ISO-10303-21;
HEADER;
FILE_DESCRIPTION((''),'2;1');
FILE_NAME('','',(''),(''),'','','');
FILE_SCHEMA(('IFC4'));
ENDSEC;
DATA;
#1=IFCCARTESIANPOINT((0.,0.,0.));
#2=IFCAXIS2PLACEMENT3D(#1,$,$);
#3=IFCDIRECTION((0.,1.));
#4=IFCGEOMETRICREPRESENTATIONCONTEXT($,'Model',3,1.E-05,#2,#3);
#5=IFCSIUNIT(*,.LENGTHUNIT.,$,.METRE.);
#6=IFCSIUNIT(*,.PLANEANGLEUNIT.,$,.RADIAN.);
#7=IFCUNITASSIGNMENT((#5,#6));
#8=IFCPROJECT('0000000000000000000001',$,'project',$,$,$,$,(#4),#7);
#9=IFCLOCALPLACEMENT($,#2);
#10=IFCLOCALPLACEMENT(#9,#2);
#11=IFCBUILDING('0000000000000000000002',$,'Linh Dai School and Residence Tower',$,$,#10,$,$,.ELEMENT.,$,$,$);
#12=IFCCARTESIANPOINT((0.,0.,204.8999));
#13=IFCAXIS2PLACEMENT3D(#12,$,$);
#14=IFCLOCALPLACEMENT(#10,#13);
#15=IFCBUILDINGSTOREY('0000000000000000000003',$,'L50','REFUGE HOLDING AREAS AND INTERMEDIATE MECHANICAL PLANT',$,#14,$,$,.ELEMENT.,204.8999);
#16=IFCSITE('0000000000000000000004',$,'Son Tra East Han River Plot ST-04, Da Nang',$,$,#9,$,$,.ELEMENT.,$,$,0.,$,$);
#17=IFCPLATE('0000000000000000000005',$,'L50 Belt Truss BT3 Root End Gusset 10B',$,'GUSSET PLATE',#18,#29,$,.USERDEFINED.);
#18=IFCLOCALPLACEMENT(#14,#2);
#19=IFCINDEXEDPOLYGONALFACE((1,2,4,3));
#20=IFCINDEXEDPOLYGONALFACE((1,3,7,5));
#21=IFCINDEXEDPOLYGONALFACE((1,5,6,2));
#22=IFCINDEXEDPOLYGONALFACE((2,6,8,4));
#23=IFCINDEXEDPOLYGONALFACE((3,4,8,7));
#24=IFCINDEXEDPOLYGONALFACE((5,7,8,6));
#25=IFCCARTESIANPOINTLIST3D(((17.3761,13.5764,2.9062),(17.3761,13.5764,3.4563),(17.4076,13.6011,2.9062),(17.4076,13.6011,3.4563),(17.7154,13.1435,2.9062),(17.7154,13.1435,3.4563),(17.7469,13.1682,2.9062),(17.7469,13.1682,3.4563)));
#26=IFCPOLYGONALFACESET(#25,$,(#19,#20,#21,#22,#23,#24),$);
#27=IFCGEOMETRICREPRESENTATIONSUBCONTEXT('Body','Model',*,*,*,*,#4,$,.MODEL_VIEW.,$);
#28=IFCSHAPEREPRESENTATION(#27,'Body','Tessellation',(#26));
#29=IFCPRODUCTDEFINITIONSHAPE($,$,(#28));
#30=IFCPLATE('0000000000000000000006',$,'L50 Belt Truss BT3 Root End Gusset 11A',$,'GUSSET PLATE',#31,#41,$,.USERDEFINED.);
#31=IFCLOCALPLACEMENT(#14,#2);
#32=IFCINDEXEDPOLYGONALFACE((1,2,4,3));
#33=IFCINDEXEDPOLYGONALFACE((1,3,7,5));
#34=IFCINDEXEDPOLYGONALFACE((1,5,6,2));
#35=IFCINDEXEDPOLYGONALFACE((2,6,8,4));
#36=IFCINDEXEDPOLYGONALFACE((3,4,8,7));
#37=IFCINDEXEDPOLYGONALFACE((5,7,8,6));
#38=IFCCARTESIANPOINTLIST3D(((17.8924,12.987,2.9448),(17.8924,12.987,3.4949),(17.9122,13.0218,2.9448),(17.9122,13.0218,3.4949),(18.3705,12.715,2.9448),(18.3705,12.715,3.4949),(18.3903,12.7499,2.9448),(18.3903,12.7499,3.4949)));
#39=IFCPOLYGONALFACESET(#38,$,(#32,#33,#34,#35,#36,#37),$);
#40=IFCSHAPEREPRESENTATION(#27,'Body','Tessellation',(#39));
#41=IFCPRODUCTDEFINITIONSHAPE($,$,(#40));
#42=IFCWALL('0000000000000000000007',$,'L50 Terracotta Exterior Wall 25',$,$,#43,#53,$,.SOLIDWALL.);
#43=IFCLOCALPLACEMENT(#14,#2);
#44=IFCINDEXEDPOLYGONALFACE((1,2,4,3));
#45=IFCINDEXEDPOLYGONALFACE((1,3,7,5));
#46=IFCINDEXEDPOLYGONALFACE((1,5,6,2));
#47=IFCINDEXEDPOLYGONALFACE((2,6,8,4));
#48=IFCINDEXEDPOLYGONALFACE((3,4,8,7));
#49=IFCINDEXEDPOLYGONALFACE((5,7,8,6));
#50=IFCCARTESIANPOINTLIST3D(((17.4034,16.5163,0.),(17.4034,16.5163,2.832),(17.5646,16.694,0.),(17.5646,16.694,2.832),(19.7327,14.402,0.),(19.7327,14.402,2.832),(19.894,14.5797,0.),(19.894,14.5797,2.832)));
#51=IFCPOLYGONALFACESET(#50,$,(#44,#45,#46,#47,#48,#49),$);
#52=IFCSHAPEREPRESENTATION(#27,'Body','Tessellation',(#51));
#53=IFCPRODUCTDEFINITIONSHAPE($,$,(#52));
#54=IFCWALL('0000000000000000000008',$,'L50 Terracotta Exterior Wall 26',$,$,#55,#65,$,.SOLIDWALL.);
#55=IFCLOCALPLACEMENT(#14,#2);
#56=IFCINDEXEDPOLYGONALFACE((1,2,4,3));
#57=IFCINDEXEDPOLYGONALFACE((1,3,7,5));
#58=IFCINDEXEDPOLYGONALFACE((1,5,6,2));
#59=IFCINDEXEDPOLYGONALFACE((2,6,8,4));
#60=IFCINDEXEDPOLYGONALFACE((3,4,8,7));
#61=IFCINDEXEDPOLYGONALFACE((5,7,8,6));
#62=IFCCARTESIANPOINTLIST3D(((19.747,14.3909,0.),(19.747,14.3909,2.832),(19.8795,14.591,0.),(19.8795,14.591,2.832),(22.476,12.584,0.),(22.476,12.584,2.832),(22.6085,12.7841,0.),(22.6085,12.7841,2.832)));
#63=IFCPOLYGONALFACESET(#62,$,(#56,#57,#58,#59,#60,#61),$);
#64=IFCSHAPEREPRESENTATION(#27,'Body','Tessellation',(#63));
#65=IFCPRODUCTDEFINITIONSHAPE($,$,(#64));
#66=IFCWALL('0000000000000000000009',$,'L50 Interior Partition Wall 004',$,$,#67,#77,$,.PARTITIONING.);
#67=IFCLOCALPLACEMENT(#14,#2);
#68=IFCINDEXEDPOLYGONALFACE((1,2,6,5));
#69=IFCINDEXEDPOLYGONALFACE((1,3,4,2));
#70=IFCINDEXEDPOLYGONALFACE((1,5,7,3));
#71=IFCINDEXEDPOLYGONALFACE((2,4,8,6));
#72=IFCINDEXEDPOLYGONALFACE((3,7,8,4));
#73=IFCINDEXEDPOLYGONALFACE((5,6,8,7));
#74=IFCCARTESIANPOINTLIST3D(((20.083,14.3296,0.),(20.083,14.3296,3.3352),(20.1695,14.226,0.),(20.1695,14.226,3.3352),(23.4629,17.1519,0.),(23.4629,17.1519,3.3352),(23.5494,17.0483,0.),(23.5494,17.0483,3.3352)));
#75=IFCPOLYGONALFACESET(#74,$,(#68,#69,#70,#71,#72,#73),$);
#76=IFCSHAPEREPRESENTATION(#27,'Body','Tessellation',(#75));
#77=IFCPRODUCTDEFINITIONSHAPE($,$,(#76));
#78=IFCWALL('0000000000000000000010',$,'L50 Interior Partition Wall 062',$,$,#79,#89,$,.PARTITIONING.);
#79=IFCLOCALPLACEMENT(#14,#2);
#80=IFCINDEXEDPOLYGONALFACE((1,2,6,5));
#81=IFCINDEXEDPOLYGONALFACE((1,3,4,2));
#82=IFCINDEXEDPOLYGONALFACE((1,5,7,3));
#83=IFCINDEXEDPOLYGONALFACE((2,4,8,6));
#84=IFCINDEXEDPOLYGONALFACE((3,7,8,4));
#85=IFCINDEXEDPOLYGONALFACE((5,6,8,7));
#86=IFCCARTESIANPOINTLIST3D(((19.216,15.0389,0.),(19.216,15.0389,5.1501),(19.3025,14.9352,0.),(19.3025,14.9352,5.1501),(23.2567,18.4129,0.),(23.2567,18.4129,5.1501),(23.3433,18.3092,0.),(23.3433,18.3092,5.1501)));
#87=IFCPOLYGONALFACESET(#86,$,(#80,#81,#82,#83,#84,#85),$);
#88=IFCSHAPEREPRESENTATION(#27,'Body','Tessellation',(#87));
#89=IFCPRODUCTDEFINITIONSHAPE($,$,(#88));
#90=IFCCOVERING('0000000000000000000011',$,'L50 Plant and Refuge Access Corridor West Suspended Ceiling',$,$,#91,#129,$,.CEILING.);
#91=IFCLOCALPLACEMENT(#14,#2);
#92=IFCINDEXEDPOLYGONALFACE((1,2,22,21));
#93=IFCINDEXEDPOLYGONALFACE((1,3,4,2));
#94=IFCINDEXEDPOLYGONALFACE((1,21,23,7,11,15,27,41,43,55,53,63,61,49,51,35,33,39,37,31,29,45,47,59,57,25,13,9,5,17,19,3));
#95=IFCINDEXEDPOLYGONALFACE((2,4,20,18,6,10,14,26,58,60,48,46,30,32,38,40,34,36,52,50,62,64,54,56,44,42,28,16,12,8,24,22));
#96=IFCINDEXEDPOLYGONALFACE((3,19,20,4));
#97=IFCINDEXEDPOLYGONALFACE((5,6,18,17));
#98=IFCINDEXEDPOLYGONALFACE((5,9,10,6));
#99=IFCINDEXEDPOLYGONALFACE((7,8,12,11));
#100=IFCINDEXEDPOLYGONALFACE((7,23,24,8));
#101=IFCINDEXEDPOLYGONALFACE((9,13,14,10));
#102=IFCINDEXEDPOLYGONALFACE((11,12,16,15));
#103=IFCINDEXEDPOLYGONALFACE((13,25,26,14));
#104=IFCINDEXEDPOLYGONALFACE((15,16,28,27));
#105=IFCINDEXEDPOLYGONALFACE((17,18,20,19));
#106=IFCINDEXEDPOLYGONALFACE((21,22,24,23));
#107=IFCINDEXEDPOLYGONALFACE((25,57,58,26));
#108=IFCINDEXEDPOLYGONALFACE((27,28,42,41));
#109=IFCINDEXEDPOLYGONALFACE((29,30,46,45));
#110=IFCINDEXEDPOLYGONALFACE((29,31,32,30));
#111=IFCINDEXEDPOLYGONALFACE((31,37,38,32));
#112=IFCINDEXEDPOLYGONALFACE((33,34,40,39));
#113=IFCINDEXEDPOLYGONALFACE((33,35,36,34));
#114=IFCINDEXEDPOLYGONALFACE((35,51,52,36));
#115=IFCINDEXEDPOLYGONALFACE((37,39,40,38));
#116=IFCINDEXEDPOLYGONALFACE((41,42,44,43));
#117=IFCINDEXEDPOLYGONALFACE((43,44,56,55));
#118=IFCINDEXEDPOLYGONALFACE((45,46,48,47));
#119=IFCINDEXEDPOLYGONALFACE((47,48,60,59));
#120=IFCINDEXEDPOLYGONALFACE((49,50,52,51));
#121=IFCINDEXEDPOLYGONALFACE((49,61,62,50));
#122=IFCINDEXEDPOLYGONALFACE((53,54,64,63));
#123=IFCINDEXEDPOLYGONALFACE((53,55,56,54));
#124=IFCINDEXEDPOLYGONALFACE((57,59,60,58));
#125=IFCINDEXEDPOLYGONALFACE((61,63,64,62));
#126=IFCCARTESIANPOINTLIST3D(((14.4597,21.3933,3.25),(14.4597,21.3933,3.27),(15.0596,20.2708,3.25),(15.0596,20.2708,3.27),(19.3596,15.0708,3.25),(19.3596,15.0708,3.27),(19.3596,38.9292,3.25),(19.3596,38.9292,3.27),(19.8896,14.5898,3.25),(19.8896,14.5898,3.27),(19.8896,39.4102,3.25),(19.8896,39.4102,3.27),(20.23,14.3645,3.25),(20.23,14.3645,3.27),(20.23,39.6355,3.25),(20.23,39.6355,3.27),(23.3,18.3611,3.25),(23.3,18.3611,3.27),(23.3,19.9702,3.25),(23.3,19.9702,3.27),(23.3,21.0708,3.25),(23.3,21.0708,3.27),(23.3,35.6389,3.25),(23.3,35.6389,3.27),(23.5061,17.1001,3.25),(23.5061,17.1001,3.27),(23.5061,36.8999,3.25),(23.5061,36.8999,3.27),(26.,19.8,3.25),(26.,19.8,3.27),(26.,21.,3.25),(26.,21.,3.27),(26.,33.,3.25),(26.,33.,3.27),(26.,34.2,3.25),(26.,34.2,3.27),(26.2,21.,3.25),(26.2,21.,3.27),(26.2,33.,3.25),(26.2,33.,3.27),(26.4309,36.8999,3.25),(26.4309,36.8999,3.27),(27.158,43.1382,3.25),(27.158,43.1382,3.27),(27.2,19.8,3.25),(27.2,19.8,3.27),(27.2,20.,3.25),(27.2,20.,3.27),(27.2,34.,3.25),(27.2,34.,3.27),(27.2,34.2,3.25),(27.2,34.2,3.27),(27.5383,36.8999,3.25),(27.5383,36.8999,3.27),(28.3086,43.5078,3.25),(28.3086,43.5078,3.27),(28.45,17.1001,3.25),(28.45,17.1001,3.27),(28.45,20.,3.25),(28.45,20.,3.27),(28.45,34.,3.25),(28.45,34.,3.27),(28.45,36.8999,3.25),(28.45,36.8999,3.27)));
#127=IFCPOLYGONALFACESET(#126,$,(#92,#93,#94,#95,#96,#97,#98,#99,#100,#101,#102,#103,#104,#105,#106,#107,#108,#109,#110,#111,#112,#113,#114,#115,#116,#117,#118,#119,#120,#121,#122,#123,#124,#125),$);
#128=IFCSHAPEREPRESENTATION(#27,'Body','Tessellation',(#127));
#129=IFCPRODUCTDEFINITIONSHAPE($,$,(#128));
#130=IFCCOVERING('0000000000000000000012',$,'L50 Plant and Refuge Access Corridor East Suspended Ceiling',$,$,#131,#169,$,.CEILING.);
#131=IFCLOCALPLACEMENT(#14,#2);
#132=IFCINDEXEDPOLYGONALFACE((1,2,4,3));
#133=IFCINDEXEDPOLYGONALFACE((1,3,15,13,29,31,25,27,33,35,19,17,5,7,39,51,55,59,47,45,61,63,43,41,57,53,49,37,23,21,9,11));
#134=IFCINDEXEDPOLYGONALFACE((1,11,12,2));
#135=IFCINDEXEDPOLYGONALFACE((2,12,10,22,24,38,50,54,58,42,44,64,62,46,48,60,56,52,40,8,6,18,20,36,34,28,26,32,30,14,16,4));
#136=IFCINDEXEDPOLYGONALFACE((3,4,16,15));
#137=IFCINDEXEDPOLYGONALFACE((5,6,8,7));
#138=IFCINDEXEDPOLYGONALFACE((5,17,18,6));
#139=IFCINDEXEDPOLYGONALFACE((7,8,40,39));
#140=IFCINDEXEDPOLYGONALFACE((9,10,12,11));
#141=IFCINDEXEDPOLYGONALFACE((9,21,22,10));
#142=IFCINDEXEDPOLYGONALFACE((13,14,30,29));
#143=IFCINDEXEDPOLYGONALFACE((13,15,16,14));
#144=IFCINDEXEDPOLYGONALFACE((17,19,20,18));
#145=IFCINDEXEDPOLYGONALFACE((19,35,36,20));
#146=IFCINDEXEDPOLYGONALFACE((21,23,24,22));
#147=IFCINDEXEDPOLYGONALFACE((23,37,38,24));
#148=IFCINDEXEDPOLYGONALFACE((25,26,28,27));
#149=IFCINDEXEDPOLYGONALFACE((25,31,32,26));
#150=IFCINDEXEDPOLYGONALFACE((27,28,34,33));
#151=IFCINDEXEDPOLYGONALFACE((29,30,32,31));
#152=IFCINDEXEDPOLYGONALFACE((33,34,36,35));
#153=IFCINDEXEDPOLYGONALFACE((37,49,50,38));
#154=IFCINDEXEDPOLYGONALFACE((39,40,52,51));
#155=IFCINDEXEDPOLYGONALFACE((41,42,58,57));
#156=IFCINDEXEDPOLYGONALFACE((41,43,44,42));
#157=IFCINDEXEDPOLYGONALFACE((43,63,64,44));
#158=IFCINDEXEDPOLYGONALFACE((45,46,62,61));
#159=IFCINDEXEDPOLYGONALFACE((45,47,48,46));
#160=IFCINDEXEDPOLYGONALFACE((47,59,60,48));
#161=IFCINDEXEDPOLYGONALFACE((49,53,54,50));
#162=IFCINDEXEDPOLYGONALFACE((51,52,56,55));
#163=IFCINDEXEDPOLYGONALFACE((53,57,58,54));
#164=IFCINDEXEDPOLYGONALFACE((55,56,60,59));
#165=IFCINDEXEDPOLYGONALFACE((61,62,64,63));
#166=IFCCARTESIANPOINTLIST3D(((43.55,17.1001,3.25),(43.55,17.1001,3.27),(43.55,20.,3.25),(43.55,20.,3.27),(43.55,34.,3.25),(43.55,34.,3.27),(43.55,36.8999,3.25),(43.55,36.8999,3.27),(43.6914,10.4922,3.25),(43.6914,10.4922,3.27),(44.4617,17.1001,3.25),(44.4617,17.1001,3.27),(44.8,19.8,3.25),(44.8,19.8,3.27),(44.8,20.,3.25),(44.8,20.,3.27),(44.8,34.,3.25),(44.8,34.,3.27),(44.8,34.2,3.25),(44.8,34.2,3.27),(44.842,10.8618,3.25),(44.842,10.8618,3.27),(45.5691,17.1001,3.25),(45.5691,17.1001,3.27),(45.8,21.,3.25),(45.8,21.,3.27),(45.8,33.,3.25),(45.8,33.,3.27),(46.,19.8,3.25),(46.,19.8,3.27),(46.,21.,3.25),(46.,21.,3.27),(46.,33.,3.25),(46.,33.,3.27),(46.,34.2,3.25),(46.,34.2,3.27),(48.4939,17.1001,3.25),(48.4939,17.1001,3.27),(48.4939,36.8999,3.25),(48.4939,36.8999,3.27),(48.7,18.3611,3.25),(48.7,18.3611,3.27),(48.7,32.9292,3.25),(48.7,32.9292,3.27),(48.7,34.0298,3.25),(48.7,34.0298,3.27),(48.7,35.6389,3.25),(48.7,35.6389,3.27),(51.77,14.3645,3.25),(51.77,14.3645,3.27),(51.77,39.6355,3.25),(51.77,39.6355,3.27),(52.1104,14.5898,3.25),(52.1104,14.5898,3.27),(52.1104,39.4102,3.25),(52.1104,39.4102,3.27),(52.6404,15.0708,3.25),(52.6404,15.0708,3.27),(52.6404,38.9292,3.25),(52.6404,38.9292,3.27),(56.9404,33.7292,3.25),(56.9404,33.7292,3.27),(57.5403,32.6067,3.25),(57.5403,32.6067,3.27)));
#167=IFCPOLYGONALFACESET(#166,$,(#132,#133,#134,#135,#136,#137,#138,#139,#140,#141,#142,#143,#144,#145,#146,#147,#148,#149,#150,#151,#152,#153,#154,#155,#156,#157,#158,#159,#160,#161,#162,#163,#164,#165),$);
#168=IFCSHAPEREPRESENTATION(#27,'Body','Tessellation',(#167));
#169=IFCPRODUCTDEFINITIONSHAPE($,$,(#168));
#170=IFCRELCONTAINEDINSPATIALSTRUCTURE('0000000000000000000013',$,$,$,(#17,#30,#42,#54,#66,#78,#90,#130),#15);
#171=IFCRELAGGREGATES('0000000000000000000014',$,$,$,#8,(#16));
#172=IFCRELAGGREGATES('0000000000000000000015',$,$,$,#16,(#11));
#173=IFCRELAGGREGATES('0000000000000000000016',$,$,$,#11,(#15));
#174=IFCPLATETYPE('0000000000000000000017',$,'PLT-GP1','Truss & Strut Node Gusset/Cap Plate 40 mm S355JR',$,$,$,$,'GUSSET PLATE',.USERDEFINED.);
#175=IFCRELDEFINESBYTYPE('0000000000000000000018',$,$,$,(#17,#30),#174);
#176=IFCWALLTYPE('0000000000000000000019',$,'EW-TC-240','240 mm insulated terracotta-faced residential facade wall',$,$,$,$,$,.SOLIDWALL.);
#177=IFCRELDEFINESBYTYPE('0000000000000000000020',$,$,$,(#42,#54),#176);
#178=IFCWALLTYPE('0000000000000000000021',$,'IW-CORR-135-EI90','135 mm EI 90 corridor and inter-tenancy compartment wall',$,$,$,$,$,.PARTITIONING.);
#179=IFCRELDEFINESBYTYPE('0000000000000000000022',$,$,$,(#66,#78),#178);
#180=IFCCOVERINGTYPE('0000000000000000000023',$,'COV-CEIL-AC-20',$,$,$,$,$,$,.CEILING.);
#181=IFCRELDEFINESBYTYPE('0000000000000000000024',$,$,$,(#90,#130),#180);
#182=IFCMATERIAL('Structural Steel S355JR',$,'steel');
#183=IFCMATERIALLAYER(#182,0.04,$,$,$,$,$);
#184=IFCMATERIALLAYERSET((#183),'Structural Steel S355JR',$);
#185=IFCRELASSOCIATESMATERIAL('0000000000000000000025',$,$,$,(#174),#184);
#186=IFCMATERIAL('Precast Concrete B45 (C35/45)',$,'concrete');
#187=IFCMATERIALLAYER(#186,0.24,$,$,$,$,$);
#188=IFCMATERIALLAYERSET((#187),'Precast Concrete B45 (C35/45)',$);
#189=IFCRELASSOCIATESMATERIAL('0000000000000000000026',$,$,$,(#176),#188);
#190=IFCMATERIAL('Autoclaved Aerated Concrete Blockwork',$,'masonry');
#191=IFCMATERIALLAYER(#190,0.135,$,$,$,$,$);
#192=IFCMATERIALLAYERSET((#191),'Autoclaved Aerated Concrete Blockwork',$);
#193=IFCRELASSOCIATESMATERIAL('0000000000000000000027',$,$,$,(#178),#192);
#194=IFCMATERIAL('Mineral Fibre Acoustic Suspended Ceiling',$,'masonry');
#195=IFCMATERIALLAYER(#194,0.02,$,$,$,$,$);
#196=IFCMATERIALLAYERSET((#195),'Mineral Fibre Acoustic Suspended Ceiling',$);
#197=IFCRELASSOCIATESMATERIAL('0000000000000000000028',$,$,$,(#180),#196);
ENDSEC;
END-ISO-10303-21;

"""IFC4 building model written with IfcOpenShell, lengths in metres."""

from ifc_helpers import new_model, si_unit, direction, frame, frame_2d, origin, origin_2d, place, context, subcontext, project, spatial, polyline, rectangle, outline, extrude, source, transform, mapped, material, layer, layer_set, type_object, element, save


model = new_model("IFC4")

# Units and contexts
model_context = context("Model", 3, precision=1e-05, world=origin(), true_north=direction((0.0, 1.0)))
body_context = subcontext(model_context, "Body", "Model", "MODEL_VIEW")
ifc_project = project(units=[si_unit("LENGTHUNIT", "METRE"), si_unit("PLANEANGLEUNIT", "RADIAN")], contexts=[model_context])

# Site, building, storey
site_placement = place(None, origin())
site = spatial("IfcSite", under=ifc_project, at=site_placement, Name="Son Tra East Han River Plot ST-04, Da Nang", CompositionType="ELEMENT", RefElevation=0.0)
building_placement = place(site_placement, origin())
building = spatial("IfcBuilding", under=site, at=building_placement, Name="Linh Dai School and Residence Tower", CompositionType="ELEMENT")
storey_placement = place(building_placement, frame((0.0, 0.0, 204.8999)))
storey = spatial("IfcBuildingStorey", under=building, at=storey_placement, Name="L50", Description="REFUGE HOLDING AREAS AND INTERMEDIATE MECHANICAL PLANT", CompositionType="ELEMENT", Elevation=204.8999)

# Shared definitions
ifc_material_1 = material(Name="Structural Steel S355JR", Category="steel")

# Plates
ifc_layer_1 = layer(ifc_material_1, 0.04)
ifc_layer_set_1 = layer_set([ifc_layer_1], Name="Structural Steel S355JR")
plate_type = type_object("IfcPlateType", Name="PLT-GP1", Description="Truss & Strut Node Gusset/Cap Plate 40 mm S355JR", ElementType="GUSSET PLATE", PredefinedType="USERDEFINED", material=ifc_layer_set_1)
shared_shape_1 = source(origin(), body_context, "Body", "SweptSolid", [
    extrude(rectangle(XDim=0.55, YDim=0.04, at=origin_2d()), origin(), (0.0, 0.0, 1.0), 0.55),
])
for number, where, z_axis, x_axis, name in (
    (1, (17.5615, 13.3723, 2.9062), (0.0, 0.0, 1.0), (0.616843, -0.787087, 0.0), "L50 Belt Truss BT3 Root End Gusset 10B"),
    (2, (18.1414, 12.8684, 2.9448), (0.0, 0.0, 1.0), (0.869261, -0.494353, 0.0), "L50 Belt Truss BT3 Root End Gusset 11A"),
):
    element("IfcPlate", number, at=place(storey_placement, frame(where, z_axis=z_axis, x_axis=x_axis)), inside=storey, type_object=plate_type, Name=name, ObjectType="GUSSET PLATE", PredefinedType="USERDEFINED", context=body_context, shape_type="MappedRepresentation", body=[
        mapped(shared_shape_1, transform((0.0, 0.0, 0.0), x_axis=(1.0, 0.0, 0.0), y_axis=(0.0, 1.0, 0.0), z_axis=(0.0, 0.0, 1.0), scale=1.0)),
    ])

# Walls
ifc_material_2 = material(Name="Precast Concrete B45 (C35/45)", Category="concrete")
ifc_layer_2 = layer(ifc_material_2, 0.24)
ifc_layer_set_2 = layer_set([ifc_layer_2], Name="Precast Concrete B45 (C35/45)")
wall_type_1 = type_object("IfcWallType", Name="EW-TC-240", Description="240 mm insulated terracotta-faced residential facade wall", PredefinedType="SOLIDWALL", material=ifc_layer_set_2)
wall_1_placement = place(storey_placement, frame((19.8132, 14.491, 0.0), z_axis=(0.0, 0.0, 1.0), x_axis=(-0.740467, 0.672093, 0.0)))
element("IfcWall", 3, at=wall_1_placement, inside=storey, type_object=wall_type_1, Name="L50 Terracotta Exterior Wall 25", PredefinedType="SOLIDWALL", context=body_context, shape_type="SweptSolid", body=[
    extrude(rectangle(XDim=3.1458, YDim=0.24, at=frame_2d((1.5728, 0.0))), origin(), (0.0, 0.0, 1.0), 2.832),
])
wall_2_placement = place(storey_placement, frame((22.5422, 12.6841, 0.0), z_axis=(0.0, 0.0, 1.0), x_axis=(-0.833802, 0.552064, 0.0)))
element("IfcWall", 4, at=wall_2_placement, inside=storey, type_object=wall_type_1, Name="L50 Terracotta Exterior Wall 26", PredefinedType="SOLIDWALL", context=body_context, shape_type="SweptSolid", body=[
    extrude(rectangle(XDim=3.2729, YDim=0.24, at=frame_2d((1.6365, 0.0))), origin(), (0.0, 0.0, 1.0), 2.832),
])
ifc_material_3 = material(Name="Autoclaved Aerated Concrete Blockwork", Category="masonry")
ifc_layer_3 = layer(ifc_material_3, 0.135)
ifc_layer_set_3 = layer_set([ifc_layer_3], Name="Autoclaved Aerated Concrete Blockwork")
wall_type_2 = type_object("IfcWallType", Name="IW-CORR-135-EI90", Description="135 mm EI 90 corridor and inter-tenancy compartment wall", PredefinedType="PARTITIONING", material=ifc_layer_set_3)
wall_3_placement = place(storey_placement, frame((20.1262, 14.2778, 0.0), z_axis=(0.0, 0.0, 1.0), x_axis=(0.767585, 0.640948, 0.0)))
element("IfcWall", 5, at=wall_3_placement, inside=storey, type_object=wall_type_2, Name="L50 Interior Partition Wall 004", PredefinedType="PARTITIONING", context=body_context, shape_type="SweptSolid", body=[
    extrude(rectangle(XDim=4.4033, YDim=0.135, at=frame_2d((2.2017, 0.0))), origin(), (0.0, 0.0, 1.0), 3.3352),
])
wall_4_placement = place(storey_placement, frame((19.2593, 14.9871, 0.0), z_axis=(0.0, 0.0, 1.0), x_axis=(0.767594, 0.640937, 0.0)))
element("IfcWall", 6, at=wall_4_placement, inside=storey, type_object=wall_type_2, Name="L50 Interior Partition Wall 062", PredefinedType="PARTITIONING", context=body_context, shape_type="SweptSolid", body=[
    extrude(rectangle(XDim=5.2642, YDim=0.135, at=frame_2d((2.6321, 0.0))), origin(), (0.0, 0.0, 1.0), 5.1501),
])

# Coverings
ifc_material_4 = material(Name="Mineral Fibre Acoustic Suspended Ceiling", Category="masonry")
ifc_layer_4 = layer(ifc_material_4, 0.02)
ifc_layer_set_4 = layer_set([ifc_layer_4], Name="Mineral Fibre Acoustic Suspended Ceiling")
covering_type_1 = type_object("IfcCoveringType", Name="COV-CEIL-AC-20", PredefinedType="CEILING", material=ifc_layer_set_4)
covering_1_placement = place(storey_placement, frame((0.0, 0.0, 3.25)))
element("IfcCovering", 7, at=covering_1_placement, inside=storey, type_object=covering_type_1, Name="L50 Plant and Refuge Access Corridor West Suspended Ceiling", PredefinedType="CEILING", context=body_context, shape_type="SweptSolid", body=[
    extrude(outline(polyline([(20.23, 14.3645), (19.8896, 14.5898), (19.3596, 15.0708), (23.3, 18.3611), (23.3, 19.9702), (15.0596, 20.2708), (14.4597, 21.3933), (23.3, 21.0708), (23.3, 35.6389), (19.3596, 38.9292), (19.8896, 39.4102), (20.23, 39.6355), (23.5061, 36.8999), (26.4309, 36.8999), (27.158, 43.1382), (28.3086, 43.5078), (27.5383, 36.8999), (28.45, 36.8999), (28.45, 34.0), (27.2, 34.0), (27.2, 34.2), (26.0, 34.2), (26.0, 33.0), (26.2, 33.0), (26.2, 21.0), (26.0, 21.0), (26.0, 19.8), (27.2, 19.8), (27.2, 20.0), (28.45, 20.0), (28.45, 17.1001), (23.5061, 17.1001), (20.23, 14.3645)])), origin(), (0.0, 0.0, 1.0), 0.02),
])
covering_2_placement = place(storey_placement, frame((0.0, 0.0, 3.25)))
element("IfcCovering", 8, at=covering_2_placement, inside=storey, type_object=covering_type_1, Name="L50 Plant and Refuge Access Corridor East Suspended Ceiling", PredefinedType="CEILING", context=body_context, shape_type="SweptSolid", body=[
    extrude(outline(polyline([(45.5691, 17.1001), (44.842, 10.8618), (43.6914, 10.4922), (44.4617, 17.1001), (43.55, 17.1001), (43.55, 20.0), (44.8, 20.0), (44.8, 19.8), (46.0, 19.8), (46.0, 21.0), (45.8, 21.0), (45.8, 33.0), (46.0, 33.0), (46.0, 34.2), (44.8, 34.2), (44.8, 34.0), (43.55, 34.0), (43.55, 36.8999), (48.4939, 36.8999), (51.77, 39.6355), (52.1104, 39.4102), (52.6404, 38.9292), (48.7, 35.6389), (48.7, 34.0298), (56.9404, 33.7292), (57.5403, 32.6067), (48.7, 32.9292), (48.7, 18.3611), (52.6404, 15.0708), (52.1104, 14.5898), (51.77, 14.3645), (48.4939, 17.1001), (45.5691, 17.1001)])), origin(), (0.0, 0.0, 1.0), 0.02),
])

save(model, "model.ifc")
